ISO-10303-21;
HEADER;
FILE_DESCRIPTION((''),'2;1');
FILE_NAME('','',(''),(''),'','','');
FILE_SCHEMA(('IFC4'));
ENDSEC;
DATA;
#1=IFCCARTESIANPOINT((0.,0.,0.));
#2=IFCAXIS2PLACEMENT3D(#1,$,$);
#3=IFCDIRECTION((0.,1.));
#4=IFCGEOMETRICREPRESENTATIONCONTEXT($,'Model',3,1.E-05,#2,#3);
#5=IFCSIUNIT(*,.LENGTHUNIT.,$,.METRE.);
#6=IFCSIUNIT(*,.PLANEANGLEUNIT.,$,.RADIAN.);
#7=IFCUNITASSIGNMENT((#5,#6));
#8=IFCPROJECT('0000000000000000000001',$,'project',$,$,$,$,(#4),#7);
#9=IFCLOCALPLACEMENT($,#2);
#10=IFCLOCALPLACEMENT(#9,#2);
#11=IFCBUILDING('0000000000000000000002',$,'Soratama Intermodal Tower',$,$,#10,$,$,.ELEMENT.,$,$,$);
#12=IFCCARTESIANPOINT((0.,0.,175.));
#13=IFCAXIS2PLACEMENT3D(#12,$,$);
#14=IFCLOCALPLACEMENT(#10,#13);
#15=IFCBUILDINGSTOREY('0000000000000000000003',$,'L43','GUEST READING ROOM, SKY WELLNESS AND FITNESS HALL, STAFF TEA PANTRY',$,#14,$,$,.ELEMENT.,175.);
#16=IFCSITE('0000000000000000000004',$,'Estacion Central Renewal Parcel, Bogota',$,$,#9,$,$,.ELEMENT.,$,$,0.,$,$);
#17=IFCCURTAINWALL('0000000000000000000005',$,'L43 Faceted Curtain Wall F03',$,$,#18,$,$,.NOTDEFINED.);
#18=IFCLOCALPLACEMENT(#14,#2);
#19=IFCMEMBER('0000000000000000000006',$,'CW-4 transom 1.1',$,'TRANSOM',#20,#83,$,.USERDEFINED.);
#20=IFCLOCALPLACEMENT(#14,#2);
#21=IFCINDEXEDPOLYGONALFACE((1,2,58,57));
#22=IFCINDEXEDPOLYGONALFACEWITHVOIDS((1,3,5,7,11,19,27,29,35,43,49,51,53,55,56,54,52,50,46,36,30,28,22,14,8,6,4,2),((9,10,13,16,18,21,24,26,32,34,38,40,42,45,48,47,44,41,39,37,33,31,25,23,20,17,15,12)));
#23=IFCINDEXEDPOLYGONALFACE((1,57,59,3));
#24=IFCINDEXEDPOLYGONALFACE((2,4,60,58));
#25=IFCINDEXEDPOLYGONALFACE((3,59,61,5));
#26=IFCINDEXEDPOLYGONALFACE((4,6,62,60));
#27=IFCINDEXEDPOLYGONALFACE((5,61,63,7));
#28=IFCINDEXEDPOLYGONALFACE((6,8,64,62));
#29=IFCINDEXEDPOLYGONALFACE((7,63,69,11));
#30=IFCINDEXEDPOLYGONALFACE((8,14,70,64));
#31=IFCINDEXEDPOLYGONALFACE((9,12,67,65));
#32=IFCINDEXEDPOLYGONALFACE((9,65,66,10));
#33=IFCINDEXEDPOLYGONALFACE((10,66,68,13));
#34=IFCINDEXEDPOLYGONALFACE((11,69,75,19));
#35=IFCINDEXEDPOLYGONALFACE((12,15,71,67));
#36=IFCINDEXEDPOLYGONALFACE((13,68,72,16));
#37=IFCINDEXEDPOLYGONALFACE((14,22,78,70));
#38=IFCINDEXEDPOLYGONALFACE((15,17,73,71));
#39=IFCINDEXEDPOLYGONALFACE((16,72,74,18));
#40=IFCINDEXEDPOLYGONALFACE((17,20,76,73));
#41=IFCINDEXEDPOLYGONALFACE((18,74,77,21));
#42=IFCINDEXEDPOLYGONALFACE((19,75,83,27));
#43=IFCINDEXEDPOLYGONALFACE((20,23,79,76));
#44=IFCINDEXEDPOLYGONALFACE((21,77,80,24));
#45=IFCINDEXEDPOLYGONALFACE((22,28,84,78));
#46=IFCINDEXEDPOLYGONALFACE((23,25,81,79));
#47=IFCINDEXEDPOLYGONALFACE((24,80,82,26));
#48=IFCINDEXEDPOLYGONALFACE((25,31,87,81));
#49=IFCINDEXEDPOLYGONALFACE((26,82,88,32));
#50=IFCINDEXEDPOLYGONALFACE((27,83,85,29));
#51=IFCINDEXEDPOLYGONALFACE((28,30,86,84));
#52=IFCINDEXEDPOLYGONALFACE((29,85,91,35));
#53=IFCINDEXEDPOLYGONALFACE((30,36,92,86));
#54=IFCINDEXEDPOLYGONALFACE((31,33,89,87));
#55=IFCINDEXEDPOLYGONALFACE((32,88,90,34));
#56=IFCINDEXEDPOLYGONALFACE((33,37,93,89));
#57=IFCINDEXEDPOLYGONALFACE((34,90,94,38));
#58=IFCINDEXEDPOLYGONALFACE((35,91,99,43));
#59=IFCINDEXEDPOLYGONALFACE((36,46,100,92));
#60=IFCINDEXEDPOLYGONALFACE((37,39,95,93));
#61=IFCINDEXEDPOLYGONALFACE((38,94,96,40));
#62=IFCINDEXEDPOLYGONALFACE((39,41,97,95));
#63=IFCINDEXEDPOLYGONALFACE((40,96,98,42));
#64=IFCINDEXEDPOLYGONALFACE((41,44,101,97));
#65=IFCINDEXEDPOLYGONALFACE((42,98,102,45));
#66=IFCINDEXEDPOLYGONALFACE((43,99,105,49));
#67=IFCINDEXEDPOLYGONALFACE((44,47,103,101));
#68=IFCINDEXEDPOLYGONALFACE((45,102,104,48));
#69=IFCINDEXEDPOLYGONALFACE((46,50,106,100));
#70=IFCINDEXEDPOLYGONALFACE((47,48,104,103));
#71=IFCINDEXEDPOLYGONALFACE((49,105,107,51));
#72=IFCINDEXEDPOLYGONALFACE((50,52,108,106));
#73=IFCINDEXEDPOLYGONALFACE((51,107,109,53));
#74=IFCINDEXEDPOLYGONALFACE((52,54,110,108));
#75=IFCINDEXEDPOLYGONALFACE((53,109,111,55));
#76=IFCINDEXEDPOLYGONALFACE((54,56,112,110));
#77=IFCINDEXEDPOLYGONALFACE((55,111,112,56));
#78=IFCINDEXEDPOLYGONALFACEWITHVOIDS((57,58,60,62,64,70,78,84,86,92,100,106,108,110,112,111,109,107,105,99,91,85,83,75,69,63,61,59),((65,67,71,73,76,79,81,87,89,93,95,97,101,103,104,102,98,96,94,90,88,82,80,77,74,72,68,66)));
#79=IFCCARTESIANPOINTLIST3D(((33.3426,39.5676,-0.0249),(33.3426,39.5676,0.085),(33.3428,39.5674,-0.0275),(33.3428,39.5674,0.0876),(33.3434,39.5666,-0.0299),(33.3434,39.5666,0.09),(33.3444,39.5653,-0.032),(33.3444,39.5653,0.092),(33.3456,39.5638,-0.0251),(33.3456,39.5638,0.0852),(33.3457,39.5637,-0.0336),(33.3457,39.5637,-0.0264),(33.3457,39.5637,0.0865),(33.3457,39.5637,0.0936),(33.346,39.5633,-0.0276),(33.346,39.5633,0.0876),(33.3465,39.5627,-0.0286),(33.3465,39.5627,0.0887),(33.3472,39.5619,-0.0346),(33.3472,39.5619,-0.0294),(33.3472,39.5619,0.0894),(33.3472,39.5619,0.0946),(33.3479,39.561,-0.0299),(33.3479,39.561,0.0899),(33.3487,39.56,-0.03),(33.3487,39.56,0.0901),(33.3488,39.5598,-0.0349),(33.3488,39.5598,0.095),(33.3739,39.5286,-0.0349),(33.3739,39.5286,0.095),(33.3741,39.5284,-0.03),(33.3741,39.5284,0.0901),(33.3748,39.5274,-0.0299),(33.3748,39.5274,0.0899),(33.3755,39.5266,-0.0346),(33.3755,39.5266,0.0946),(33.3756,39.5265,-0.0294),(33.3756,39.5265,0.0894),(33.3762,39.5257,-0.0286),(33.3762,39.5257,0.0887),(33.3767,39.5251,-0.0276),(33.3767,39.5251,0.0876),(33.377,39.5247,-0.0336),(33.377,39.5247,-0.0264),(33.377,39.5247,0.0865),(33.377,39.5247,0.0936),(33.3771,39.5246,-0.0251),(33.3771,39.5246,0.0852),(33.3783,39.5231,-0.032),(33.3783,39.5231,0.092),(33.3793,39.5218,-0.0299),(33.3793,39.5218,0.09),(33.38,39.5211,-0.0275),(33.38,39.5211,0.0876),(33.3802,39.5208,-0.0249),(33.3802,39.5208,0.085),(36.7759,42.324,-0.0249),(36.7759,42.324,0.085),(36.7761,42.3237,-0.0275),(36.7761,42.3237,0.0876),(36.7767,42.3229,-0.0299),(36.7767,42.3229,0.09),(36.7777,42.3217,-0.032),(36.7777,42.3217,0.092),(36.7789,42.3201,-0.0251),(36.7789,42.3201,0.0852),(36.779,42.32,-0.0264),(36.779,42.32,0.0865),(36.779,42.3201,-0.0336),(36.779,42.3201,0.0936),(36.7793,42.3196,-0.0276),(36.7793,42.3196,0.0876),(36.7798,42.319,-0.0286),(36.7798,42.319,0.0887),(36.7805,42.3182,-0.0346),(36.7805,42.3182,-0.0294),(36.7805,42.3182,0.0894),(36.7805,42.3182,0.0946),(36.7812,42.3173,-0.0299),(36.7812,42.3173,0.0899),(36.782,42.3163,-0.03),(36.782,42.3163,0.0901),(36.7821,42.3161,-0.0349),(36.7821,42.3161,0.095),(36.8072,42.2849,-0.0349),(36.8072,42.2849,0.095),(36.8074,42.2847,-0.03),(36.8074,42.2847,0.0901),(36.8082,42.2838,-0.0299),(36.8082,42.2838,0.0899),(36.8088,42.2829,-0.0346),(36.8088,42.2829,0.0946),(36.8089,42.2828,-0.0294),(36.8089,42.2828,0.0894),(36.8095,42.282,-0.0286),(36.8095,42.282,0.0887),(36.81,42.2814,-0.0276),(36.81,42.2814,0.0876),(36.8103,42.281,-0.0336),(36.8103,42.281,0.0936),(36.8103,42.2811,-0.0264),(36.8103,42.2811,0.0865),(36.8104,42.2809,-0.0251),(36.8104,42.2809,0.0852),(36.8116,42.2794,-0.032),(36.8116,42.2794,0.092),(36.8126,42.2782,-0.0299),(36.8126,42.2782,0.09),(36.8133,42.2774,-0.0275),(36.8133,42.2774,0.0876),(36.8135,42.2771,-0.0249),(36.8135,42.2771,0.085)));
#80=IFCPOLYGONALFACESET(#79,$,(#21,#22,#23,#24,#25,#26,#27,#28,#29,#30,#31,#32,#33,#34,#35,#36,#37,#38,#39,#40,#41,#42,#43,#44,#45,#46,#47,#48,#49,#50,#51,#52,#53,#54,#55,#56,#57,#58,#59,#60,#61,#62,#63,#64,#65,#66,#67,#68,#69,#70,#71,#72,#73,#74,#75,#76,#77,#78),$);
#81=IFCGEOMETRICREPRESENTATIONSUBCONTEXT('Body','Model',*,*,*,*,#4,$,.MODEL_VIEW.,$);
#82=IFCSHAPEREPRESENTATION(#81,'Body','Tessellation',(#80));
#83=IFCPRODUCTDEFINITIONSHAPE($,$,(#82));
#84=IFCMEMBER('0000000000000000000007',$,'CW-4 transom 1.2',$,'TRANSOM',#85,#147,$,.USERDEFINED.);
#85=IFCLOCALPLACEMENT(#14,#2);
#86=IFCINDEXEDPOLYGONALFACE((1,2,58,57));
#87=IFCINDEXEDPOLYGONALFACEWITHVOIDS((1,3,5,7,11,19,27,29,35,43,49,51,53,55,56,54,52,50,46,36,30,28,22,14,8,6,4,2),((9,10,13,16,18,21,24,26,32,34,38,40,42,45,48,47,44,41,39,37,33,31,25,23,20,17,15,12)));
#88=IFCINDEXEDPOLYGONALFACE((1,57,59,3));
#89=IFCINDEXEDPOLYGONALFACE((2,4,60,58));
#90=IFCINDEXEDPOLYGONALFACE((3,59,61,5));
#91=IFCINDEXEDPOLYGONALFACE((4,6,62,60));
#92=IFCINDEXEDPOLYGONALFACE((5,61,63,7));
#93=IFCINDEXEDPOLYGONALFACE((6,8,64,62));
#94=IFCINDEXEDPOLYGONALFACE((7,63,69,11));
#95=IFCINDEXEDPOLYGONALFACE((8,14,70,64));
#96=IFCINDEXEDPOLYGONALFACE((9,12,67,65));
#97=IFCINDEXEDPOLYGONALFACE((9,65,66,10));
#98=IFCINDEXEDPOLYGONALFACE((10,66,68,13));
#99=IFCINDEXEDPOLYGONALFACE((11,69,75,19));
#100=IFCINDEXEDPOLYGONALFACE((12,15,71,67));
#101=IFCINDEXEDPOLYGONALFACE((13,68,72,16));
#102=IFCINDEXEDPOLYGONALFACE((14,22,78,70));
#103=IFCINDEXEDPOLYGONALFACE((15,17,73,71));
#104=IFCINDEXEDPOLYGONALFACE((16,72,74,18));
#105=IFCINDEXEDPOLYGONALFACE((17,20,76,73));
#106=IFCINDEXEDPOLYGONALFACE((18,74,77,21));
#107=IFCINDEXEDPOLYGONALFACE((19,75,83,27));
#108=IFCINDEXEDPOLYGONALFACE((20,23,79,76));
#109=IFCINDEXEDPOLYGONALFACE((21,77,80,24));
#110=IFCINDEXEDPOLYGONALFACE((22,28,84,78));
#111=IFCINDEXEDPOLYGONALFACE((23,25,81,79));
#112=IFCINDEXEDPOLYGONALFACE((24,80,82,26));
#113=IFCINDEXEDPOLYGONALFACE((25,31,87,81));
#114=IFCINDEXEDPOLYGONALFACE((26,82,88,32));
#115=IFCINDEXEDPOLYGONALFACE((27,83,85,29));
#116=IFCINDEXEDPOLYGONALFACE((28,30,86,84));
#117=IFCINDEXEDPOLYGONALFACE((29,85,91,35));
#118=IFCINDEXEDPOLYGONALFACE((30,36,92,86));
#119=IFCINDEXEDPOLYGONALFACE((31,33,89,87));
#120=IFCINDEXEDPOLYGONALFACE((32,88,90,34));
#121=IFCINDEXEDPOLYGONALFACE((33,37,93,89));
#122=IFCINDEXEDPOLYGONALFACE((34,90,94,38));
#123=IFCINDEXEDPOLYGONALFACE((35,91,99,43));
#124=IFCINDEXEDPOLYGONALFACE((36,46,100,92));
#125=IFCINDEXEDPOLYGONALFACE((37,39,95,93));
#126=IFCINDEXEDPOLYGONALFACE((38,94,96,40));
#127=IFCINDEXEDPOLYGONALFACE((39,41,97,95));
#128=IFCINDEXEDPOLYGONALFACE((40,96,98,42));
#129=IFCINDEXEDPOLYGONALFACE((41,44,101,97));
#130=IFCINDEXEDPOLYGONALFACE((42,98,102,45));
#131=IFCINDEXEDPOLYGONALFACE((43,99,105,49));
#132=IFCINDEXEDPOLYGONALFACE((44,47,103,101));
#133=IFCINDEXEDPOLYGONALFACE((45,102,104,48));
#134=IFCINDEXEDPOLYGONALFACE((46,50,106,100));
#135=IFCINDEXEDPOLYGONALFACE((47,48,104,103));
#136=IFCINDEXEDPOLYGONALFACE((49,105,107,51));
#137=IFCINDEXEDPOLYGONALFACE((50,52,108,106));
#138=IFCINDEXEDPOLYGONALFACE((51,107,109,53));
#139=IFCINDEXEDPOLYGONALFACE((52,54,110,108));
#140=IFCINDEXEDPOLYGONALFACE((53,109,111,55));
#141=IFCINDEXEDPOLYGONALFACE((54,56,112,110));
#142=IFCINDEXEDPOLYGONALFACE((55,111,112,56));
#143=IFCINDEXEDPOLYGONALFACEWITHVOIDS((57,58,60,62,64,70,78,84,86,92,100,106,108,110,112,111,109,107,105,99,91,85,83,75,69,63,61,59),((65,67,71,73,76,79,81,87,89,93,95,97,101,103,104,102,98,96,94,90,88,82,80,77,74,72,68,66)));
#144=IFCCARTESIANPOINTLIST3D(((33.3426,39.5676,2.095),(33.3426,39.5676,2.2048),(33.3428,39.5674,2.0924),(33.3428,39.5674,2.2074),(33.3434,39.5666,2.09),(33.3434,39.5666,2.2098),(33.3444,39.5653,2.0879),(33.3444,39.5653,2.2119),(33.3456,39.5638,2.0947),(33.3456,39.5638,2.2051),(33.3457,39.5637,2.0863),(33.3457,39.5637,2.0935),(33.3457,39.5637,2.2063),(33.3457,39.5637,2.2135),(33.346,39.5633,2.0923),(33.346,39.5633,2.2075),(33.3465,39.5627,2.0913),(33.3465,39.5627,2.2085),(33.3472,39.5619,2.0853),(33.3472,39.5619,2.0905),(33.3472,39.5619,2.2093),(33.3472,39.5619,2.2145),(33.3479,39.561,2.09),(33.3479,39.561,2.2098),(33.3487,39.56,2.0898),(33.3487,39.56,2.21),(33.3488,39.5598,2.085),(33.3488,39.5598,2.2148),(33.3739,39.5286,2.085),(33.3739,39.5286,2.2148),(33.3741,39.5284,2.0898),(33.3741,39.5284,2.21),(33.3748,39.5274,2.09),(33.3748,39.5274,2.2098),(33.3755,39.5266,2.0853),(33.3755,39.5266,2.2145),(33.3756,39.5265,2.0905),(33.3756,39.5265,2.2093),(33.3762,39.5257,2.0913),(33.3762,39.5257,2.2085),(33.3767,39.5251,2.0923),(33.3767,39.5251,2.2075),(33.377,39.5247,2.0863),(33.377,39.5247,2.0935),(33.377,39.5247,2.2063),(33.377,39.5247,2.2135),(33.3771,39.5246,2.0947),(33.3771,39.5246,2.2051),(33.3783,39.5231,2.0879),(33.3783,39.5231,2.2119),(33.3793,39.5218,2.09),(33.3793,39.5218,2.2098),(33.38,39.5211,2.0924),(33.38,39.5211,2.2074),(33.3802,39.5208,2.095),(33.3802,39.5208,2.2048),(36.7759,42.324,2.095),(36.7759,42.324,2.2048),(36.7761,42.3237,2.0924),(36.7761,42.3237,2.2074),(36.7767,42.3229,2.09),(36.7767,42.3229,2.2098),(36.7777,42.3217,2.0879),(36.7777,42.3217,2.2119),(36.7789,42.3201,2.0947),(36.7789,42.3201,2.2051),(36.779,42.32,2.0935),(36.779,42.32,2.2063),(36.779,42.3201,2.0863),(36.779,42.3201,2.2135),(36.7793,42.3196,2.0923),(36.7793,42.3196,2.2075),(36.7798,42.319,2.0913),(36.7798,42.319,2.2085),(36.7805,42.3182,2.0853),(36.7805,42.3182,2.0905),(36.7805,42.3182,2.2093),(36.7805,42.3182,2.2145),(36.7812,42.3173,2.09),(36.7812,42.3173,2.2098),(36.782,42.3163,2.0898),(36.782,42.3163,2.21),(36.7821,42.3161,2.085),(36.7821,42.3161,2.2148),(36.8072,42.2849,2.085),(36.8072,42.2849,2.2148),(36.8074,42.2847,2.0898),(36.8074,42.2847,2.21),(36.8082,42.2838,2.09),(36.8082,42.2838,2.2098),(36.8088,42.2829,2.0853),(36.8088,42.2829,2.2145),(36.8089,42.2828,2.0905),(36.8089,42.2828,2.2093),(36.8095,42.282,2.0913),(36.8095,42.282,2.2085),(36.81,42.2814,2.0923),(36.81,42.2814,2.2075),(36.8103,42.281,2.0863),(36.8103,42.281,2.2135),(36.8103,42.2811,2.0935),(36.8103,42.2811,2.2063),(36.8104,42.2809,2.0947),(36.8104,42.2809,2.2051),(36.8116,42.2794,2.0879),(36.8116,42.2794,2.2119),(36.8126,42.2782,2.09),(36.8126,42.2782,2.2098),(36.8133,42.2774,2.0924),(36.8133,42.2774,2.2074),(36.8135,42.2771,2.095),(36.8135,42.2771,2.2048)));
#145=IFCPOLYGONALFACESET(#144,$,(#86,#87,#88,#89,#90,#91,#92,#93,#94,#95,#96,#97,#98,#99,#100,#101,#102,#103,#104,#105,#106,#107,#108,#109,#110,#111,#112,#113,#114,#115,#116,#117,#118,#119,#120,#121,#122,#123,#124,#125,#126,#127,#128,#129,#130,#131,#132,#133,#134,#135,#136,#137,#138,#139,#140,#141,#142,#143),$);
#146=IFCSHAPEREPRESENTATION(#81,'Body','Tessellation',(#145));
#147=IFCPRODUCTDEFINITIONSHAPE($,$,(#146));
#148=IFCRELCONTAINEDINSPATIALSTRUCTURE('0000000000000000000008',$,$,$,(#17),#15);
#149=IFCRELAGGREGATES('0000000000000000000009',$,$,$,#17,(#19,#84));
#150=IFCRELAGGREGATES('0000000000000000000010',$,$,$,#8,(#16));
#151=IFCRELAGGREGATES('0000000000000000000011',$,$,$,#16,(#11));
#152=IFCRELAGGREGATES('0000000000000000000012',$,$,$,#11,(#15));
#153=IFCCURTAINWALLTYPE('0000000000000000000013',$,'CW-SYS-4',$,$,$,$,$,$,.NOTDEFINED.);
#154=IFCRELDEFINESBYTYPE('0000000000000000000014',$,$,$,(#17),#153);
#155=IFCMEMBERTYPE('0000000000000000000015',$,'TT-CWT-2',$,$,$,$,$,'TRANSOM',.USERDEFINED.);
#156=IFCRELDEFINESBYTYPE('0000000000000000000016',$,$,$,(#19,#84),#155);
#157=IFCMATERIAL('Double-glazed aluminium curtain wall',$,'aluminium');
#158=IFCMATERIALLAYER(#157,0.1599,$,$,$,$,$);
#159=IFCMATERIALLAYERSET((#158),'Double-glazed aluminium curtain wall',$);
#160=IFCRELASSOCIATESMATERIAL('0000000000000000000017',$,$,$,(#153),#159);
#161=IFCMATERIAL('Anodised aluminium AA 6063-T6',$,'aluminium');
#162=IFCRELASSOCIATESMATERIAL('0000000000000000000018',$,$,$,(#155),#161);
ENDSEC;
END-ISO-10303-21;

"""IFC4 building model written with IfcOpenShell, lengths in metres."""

from ifc_helpers import new_model, si_unit, direction, frame, origin, origin_2d, place, context, subcontext, project, spatial, hollow_rectangle, extrude, material, layer, layer_set, material_profile, profile_set, type_object, element, aggregate, save


model = new_model("IFC4")

# Units and contexts
model_context = context("Model", 3, precision=1e-05, world=origin(), true_north=direction((0.0, 1.0)))
body_context = subcontext(model_context, "Body", "Model", "MODEL_VIEW")
ifc_project = project(units=[si_unit("LENGTHUNIT", "METRE"), si_unit("PLANEANGLEUNIT", "RADIAN")], contexts=[model_context])

# Site, building, storey
site_placement = place(None, origin())
site = spatial("IfcSite", under=ifc_project, at=site_placement, Name="Estacion Central Renewal Parcel, Bogota", CompositionType="ELEMENT", RefElevation=0.0)
building_placement = place(site_placement, origin())
building = spatial("IfcBuilding", under=site, at=building_placement, Name="Soratama Intermodal Tower", CompositionType="ELEMENT")
storey_placement = place(building_placement, frame((0.0, 0.0, 175.0)))
storey = spatial("IfcBuildingStorey", under=building, at=storey_placement, Name="L43", Description="GUEST READING ROOM, SKY WELLNESS AND FITNESS HALL, STAFF TEA PANTRY", CompositionType="ELEMENT", Elevation=175.0)

# Shared definitions
ifc_material_1 = material(Name="Double-glazed aluminium curtain wall", Category="aluminium")
ifc_layer_1 = layer(ifc_material_1, 0.1599)
ifc_layer_set_1 = layer_set([ifc_layer_1], Name="Double-glazed aluminium curtain wall")
curtain_wall_type = type_object("IfcCurtainWallType", Name="CW-SYS-4", PredefinedType="NOTDEFINED", material=ifc_layer_set_1)

# Curtain wall, members
curtain_wall_1_placement = place(storey_placement, origin())
curtain_wall_1 = element("IfcCurtainWall", 1, at=curtain_wall_1_placement, inside=storey, type_object=curtain_wall_type, Name="L43 Faceted Curtain Wall F03", PredefinedType="NOTDEFINED")
ifc_material_2 = material(Name="Anodised aluminium AA 6063-T6", Category="aluminium")
ifc_material_profile_1 = material_profile(ifc_material_2, hollow_rectangle(XDim=0.0601, YDim=0.1299, WallThickness=0.0049, InnerFilletRadius=0.0049, OuterFilletRadius=0.01, at=origin_2d()), Name="CWT130X60X5")
ifc_profile_set_1 = profile_set([ifc_material_profile_1], Name="Anodised aluminium AA 6063-T6")
member_type_1 = type_object("IfcMemberType", Name="TT-CWT-2", ElementType="TRANSOM", PredefinedType="USERDEFINED", material=ifc_profile_set_1)
member_1_placement = place(storey_placement, frame((36.7947, 42.3005, 0.03), z_axis=(-0.779797, -0.626033, 0.0), x_axis=(0.626033, -0.779797, 0.0)))
member_1 = element("IfcMember", 2, at=member_1_placement, type_object=member_type_1, Name="CW-4 transom 1.1", ObjectType="TRANSOM", PredefinedType="USERDEFINED", context=body_context, shape_type="SweptSolid", body=[
    extrude(hollow_rectangle(XDim=0.0601, YDim=0.1299, WallThickness=0.0049, InnerFilletRadius=0.0049, OuterFilletRadius=0.01, at=origin_2d()), origin(), (0.0, 0.0, 1.0), 4.4028),
])
member_2_placement = place(storey_placement, frame((36.7947, 42.3005, 2.1499), z_axis=(-0.779797, -0.626033, 0.0), x_axis=(0.626033, -0.779797, 0.0)))
member_2 = element("IfcMember", 3, at=member_2_placement, type_object=member_type_1, Name="CW-4 transom 1.2", ObjectType="TRANSOM", PredefinedType="USERDEFINED", context=body_context, shape_type="SweptSolid", body=[
    extrude(hollow_rectangle(XDim=0.0601, YDim=0.1299, WallThickness=0.0049, InnerFilletRadius=0.0049, OuterFilletRadius=0.01, at=origin_2d()), origin(), (0.0, 0.0, 1.0), 4.4028),
])
aggregate(curtain_wall_1, [member_1, member_2])

save(model, "model.ifc")
